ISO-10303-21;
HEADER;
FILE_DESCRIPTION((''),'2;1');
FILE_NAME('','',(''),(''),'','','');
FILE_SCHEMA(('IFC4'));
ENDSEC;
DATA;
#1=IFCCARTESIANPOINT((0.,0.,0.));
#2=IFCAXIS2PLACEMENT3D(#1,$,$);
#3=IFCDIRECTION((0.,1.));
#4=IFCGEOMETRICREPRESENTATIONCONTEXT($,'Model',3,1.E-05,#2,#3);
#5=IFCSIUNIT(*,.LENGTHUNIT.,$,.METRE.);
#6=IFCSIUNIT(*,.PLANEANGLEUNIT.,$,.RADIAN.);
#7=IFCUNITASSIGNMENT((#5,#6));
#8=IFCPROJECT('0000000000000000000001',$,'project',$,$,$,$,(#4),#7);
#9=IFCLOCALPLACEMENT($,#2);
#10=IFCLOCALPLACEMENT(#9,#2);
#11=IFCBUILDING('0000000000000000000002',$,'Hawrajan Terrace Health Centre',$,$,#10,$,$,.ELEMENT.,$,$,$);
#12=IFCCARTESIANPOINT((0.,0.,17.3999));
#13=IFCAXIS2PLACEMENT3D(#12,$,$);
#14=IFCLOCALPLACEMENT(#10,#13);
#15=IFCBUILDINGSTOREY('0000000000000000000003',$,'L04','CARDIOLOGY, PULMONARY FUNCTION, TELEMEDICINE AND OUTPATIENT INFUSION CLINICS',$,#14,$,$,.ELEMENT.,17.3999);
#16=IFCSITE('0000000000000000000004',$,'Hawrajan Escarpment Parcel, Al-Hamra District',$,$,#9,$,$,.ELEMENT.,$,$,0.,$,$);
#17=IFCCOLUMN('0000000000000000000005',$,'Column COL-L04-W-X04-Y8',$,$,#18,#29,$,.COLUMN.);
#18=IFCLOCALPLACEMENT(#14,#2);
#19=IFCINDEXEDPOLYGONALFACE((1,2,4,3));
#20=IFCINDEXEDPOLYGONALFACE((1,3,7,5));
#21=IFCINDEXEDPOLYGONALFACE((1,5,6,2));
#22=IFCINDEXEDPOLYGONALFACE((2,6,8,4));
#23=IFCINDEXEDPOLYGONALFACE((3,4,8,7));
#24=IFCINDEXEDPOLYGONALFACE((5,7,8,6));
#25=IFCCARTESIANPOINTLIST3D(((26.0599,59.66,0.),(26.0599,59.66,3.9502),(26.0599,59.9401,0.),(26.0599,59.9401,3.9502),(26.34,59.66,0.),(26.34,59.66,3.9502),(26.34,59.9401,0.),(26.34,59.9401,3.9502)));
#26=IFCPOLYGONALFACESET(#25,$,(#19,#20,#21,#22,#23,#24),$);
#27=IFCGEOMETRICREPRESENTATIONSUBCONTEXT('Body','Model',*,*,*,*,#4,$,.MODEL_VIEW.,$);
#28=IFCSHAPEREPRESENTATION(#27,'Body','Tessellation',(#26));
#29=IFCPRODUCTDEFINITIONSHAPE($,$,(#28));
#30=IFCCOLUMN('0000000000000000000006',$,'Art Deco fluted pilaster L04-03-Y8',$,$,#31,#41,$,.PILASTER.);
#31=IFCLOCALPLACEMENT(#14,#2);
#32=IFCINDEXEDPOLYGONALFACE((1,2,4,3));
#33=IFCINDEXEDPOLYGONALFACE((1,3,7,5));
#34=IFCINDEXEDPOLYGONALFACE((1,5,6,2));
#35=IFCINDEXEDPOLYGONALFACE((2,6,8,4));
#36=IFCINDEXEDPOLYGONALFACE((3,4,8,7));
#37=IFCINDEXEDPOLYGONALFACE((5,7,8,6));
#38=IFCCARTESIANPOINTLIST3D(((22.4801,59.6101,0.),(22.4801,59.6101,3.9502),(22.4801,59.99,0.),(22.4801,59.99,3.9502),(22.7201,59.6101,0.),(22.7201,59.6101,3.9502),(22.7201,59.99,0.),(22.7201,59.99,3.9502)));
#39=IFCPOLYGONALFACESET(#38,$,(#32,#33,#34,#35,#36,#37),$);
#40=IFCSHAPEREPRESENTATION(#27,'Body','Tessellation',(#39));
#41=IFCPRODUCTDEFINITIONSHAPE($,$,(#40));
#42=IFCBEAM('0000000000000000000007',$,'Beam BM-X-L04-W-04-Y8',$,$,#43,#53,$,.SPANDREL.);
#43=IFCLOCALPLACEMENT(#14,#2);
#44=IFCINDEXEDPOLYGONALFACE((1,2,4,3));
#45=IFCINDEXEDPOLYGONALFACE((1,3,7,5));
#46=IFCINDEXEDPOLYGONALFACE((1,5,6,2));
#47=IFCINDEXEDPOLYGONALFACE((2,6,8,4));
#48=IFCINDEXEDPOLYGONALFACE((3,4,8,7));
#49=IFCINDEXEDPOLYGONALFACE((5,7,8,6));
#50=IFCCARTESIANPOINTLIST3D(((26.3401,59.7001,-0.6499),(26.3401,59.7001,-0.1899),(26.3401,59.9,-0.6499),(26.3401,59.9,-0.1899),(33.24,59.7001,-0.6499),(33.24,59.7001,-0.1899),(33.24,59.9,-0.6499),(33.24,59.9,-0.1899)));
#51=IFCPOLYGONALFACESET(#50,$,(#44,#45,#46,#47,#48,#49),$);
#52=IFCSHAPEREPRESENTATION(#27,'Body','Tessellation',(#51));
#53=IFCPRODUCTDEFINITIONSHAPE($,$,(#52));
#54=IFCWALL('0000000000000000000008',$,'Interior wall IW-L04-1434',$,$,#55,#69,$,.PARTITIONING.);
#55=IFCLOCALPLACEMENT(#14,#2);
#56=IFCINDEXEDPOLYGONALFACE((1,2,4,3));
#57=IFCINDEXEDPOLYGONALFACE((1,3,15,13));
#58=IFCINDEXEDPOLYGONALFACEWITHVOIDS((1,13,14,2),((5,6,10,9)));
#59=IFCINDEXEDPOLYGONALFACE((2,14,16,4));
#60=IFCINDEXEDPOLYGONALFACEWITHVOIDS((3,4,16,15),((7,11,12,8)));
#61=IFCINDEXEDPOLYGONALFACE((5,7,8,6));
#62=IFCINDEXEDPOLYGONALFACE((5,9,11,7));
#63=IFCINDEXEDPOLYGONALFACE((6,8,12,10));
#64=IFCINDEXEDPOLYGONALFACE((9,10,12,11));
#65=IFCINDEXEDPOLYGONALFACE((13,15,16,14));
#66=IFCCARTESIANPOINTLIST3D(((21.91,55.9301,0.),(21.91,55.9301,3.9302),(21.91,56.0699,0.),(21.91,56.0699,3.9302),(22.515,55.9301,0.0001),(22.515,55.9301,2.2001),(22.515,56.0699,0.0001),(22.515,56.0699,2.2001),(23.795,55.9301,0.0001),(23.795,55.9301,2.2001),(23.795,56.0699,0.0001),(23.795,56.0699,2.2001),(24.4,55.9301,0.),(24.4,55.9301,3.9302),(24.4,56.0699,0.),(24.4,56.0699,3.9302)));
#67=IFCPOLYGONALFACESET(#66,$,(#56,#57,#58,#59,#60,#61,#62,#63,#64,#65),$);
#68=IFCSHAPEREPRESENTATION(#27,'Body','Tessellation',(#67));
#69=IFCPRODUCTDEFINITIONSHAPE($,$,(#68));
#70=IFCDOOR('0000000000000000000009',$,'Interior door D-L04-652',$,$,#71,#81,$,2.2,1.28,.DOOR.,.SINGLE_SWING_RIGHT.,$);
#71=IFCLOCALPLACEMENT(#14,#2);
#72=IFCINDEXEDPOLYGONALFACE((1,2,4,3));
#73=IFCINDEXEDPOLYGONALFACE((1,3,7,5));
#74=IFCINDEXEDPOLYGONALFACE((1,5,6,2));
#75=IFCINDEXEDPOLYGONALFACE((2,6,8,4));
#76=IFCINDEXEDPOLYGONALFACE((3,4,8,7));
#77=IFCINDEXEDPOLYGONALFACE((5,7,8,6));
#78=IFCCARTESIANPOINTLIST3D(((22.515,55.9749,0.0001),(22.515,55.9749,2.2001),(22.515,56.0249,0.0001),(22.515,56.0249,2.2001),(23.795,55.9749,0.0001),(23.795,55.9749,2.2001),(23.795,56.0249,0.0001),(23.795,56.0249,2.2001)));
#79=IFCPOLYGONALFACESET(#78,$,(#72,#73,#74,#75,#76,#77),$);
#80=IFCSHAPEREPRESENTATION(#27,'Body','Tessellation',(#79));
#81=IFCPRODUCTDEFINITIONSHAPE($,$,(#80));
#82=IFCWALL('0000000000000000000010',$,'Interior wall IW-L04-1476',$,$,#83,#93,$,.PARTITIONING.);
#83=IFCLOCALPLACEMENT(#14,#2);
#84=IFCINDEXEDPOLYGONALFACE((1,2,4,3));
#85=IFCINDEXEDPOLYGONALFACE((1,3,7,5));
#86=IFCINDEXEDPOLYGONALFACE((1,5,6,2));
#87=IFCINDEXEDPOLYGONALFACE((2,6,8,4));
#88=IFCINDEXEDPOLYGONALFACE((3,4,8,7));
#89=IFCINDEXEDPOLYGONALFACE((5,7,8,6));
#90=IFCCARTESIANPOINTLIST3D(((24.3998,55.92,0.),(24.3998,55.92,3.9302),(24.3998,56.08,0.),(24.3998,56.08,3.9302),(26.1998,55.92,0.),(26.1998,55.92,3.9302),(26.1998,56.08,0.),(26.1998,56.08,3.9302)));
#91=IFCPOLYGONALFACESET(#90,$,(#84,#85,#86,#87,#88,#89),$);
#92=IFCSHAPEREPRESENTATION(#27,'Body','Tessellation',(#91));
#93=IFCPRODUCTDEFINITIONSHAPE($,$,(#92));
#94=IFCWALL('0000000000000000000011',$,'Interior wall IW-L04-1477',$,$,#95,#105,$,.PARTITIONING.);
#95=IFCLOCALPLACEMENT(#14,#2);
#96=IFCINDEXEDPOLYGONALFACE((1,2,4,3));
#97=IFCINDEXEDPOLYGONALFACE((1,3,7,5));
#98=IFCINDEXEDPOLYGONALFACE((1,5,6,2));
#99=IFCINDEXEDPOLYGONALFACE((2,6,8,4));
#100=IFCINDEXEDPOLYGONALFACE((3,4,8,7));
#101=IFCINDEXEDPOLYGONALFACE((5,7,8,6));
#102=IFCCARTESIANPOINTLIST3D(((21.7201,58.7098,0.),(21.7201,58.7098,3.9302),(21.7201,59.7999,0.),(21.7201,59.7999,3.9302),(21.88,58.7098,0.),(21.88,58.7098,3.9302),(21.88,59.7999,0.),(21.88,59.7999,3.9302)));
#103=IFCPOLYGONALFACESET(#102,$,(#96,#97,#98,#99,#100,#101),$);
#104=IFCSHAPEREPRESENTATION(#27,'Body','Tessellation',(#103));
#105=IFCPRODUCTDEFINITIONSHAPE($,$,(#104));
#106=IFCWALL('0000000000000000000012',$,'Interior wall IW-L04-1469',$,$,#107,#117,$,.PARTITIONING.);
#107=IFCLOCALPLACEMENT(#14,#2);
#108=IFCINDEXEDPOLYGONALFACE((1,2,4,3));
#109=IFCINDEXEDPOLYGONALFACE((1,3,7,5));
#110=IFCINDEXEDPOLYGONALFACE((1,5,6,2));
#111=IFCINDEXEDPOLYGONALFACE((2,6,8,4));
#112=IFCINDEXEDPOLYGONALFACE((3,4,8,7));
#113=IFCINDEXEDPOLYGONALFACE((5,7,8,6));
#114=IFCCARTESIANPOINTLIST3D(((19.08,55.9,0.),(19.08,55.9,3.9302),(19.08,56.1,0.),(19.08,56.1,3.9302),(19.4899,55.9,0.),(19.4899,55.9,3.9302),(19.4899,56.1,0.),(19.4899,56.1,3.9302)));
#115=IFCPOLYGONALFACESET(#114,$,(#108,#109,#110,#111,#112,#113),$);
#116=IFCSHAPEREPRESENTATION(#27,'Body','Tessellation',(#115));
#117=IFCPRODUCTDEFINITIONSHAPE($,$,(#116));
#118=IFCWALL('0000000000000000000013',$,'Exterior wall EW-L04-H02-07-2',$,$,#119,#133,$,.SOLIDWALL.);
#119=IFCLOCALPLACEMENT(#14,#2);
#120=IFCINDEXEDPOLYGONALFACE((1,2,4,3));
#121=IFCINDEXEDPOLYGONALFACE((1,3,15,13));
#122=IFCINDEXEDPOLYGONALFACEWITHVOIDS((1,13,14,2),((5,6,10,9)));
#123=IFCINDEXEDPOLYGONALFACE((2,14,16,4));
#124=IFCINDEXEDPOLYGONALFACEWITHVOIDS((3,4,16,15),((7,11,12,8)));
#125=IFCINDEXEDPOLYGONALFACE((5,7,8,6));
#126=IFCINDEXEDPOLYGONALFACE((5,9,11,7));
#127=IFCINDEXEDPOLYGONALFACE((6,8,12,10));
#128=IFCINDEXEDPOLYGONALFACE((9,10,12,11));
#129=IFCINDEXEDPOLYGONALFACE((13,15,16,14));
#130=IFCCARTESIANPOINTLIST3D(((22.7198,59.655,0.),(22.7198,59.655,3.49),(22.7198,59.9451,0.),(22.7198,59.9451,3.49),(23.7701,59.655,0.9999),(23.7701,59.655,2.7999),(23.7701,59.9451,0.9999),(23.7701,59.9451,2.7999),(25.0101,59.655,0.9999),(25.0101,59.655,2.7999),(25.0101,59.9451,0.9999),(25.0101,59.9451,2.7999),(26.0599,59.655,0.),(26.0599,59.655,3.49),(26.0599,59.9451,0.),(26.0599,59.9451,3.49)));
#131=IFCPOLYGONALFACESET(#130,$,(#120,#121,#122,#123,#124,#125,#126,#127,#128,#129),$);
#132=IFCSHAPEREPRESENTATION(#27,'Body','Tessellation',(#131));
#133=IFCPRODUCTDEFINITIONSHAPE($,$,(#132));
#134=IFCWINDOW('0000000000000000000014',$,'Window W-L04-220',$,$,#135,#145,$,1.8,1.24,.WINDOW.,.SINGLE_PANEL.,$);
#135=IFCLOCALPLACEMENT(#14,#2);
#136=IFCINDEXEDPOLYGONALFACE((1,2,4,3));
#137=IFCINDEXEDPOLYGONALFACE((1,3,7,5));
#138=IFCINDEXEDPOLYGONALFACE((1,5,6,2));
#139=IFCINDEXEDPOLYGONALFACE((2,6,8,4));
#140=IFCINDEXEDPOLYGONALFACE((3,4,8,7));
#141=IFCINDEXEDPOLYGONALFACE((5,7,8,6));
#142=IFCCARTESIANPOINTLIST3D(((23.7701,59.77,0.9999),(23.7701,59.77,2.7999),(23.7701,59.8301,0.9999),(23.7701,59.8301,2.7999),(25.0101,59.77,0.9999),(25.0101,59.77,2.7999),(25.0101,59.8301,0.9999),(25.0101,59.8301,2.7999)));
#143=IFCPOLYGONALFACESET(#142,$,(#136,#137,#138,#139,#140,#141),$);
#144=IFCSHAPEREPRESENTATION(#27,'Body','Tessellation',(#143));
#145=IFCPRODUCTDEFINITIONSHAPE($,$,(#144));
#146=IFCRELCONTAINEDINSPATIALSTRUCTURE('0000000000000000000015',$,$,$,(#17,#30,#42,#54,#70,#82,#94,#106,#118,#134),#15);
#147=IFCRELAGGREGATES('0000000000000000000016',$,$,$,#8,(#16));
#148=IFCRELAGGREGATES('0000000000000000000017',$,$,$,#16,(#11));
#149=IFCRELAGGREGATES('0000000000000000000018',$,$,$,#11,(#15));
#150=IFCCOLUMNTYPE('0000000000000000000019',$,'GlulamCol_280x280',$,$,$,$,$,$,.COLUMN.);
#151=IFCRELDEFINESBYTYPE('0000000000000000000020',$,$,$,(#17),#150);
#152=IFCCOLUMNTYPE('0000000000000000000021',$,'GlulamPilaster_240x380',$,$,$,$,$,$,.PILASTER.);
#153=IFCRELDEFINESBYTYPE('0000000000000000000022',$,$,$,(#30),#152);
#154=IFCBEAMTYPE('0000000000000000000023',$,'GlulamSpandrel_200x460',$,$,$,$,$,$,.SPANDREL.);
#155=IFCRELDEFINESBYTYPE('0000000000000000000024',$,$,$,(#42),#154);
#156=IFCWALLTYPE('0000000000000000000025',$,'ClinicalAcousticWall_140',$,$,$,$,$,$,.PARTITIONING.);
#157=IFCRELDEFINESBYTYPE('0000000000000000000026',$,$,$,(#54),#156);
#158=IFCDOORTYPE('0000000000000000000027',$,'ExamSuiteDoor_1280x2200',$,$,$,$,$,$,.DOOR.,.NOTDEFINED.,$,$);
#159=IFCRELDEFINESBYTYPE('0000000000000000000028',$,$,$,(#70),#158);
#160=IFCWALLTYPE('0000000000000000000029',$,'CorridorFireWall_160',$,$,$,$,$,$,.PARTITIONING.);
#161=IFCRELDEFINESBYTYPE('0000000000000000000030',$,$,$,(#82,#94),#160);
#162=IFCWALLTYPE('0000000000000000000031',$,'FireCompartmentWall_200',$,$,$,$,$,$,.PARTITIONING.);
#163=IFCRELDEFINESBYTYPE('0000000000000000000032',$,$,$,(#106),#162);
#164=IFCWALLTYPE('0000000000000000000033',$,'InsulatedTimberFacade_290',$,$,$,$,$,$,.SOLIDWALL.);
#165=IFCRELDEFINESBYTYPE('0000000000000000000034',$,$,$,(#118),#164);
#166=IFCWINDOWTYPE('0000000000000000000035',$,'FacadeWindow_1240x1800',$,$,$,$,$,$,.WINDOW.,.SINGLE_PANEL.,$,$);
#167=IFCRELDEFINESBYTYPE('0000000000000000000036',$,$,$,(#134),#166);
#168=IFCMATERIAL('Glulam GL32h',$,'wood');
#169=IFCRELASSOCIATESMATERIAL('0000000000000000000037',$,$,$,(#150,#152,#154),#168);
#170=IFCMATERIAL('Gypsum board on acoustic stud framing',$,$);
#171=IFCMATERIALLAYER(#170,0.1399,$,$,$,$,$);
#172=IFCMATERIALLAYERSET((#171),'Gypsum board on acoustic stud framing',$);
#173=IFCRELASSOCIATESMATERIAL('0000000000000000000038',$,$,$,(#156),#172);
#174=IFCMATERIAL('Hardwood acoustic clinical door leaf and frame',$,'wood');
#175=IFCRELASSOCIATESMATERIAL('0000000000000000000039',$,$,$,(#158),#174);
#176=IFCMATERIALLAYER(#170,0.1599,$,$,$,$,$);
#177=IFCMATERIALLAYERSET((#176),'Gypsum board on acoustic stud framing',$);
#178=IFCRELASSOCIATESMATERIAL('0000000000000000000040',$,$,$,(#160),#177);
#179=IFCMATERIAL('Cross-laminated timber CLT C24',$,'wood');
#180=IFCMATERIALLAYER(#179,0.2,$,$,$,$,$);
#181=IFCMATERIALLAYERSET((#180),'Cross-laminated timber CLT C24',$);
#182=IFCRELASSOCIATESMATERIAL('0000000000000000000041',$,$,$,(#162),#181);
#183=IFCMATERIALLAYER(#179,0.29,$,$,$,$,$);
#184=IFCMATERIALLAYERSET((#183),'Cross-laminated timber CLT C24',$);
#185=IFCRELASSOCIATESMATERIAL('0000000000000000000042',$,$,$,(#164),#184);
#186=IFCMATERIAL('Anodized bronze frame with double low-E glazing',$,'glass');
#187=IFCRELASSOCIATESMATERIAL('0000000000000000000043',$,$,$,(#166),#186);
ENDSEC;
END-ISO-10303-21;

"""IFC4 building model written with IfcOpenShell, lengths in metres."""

from ifc_helpers import new_model, si_unit, direction, frame, frame_2d, origin, origin_2d, place, context, subcontext, project, spatial, rectangle, extrude, material, layer, layer_set, material_profile, profile_set, type_object, element, fill, save


model = new_model("IFC4")

# Units and contexts
model_context = context("Model", 3, precision=1e-05, world=origin(), true_north=direction((0.0, 1.0)))
body_context = subcontext(model_context, "Body", "Model", "MODEL_VIEW")
ifc_project = project(units=[si_unit("LENGTHUNIT", "METRE"), si_unit("PLANEANGLEUNIT", "RADIAN")], contexts=[model_context])

# Site, building, storey
site_placement = place(None, origin())
site = spatial("IfcSite", under=ifc_project, at=site_placement, Name="Hawrajan Escarpment Parcel, Al-Hamra District", CompositionType="ELEMENT", RefElevation=0.0)
building_placement = place(site_placement, origin())
building = spatial("IfcBuilding", under=site, at=building_placement, Name="Hawrajan Terrace Health Centre", CompositionType="ELEMENT")
storey_placement = place(building_placement, frame((0.0, 0.0, 17.3999)))
storey = spatial("IfcBuildingStorey", under=building, at=storey_placement, Name="L04", Description="CARDIOLOGY, PULMONARY FUNCTION, TELEMEDICINE AND OUTPATIENT INFUSION CLINICS", CompositionType="ELEMENT", Elevation=17.3999)

# Columns
ifc_material_1 = material(Name="Glulam GL32h", Category="wood")
ifc_material_profile_1 = material_profile(ifc_material_1, rectangle(XDim=0.28, YDim=0.28, at=origin_2d()), Name="GL 280x280")
ifc_profile_set_1 = profile_set([ifc_material_profile_1], Name="Glulam GL32h")
column_type_1 = type_object("IfcColumnType", Name="GlulamCol_280x280", PredefinedType="COLUMN", material=ifc_profile_set_1)
column_1_placement = place(storey_placement, frame((26.2, 59.8, 0.0), z_axis=(0.0, 0.0, 1.0), x_axis=(1.0, 0.0, 0.0)))
element("IfcColumn", 1, at=column_1_placement, inside=storey, type_object=column_type_1, Name="Column COL-L04-W-X04-Y8", PredefinedType="COLUMN", context=body_context, shape_type="SweptSolid", body=[
    extrude(rectangle(XDim=0.28, YDim=0.28, at=origin_2d()), origin(), (0.0, 0.0, 1.0), 3.9502),
])
ifc_material_profile_2 = material_profile(ifc_material_1, rectangle(XDim=0.24, YDim=0.3799, at=origin_2d()), Name="GL PIL 240x380")
ifc_profile_set_2 = profile_set([ifc_material_profile_2], Name="Glulam GL32h")
column_type_2 = type_object("IfcColumnType", Name="GlulamPilaster_240x380", PredefinedType="PILASTER", material=ifc_profile_set_2)
column_2_placement = place(storey_placement, frame((22.6001, 59.8, 0.0), z_axis=(0.0, 0.0, 1.0), x_axis=(1.0, 0.0, 0.0)))
element("IfcColumn", 2, at=column_2_placement, inside=storey, type_object=column_type_2, Name="Art Deco fluted pilaster L04-03-Y8", PredefinedType="PILASTER", context=body_context, shape_type="SweptSolid", body=[
    extrude(rectangle(XDim=0.24, YDim=0.3799, at=origin_2d()), origin(), (0.0, 0.0, 1.0), 3.9502),
])

# Beam
ifc_material_profile_3 = material_profile(ifc_material_1, rectangle(XDim=0.2, YDim=0.46, at=origin_2d()), Name="GL SP 200x460")
ifc_profile_set_3 = profile_set([ifc_material_profile_3], Name="Glulam GL32h")
beam_type = type_object("IfcBeamType", Name="GlulamSpandrel_200x460", PredefinedType="SPANDREL", material=ifc_profile_set_3)
beam_placement = place(storey_placement, frame((26.3401, 59.8, -0.4199), z_axis=(1.0, 0.0, 0.0), x_axis=(0.0, 1.0, 0.0)))
element("IfcBeam", 3, at=beam_placement, inside=storey, type_object=beam_type, Name="Beam BM-X-L04-W-04-Y8", PredefinedType="SPANDREL", context=body_context, shape_type="SweptSolid", body=[
    extrude(rectangle(XDim=0.2, YDim=0.46, at=origin_2d()), origin(), (0.0, 0.0, 1.0), 6.8999),
])

# Wall, opening, door
ifc_material_2 = material(Name="Gypsum board on acoustic stud framing")
ifc_layer_1 = layer(ifc_material_2, 0.1399)
ifc_layer_set_1 = layer_set([ifc_layer_1], Name="Gypsum board on acoustic stud framing")
wall_type_1 = type_object("IfcWallType", Name="ClinicalAcousticWall_140", PredefinedType="PARTITIONING", material=ifc_layer_set_1)
wall_1_placement = place(storey_placement, frame((21.9099, 56.0, 0.0), z_axis=(0.0, 0.0, 1.0), x_axis=(1.0, 0.0, 0.0)))
wall_1 = element("IfcWall", 4, at=wall_1_placement, inside=storey, type_object=wall_type_1, Name="Interior wall IW-L04-1434", PredefinedType="PARTITIONING", context=body_context, shape_type="SweptSolid", body=[
    extrude(rectangle(XDim=2.49, YDim=0.1399, at=frame_2d((1.2451, 0.0))), origin(), (0.0, 0.0, 1.0), 3.9302),
])
opening_1_placement = place(wall_1_placement, frame((0.605, 0.0, 0.0)))
opening_1 = element("IfcOpeningElement", 5, at=opening_1_placement, cuts=wall_1, PredefinedType="OPENING", context=body_context, shape_type="SweptSolid", body=[
    extrude(rectangle(XDim=1.28, YDim=2.2, at=frame_2d((0.6401, 1.1001))), frame((0.0, 0.0798, 0.0), z_axis=(0.0, -1.0, 0.0), x_axis=(1.0, 0.0, 0.0)), (0.0, 0.0, 1.0), 0.1599),
])
ifc_material_3 = material(Name="Hardwood acoustic clinical door leaf and frame", Category="wood")
door_type_1 = type_object("IfcDoorType", Name="ExamSuiteDoor_1280x2200", OperationType="NOTDEFINED", PredefinedType="DOOR", material=ifc_material_3)
door_1_placement = place(opening_1_placement, origin())
door_1 = element("IfcDoor", 6, at=door_1_placement, inside=storey, type_object=door_type_1, Name="Interior door D-L04-652", OperationType="SINGLE_SWING_RIGHT", OverallHeight=2.2, OverallWidth=1.28, PredefinedType="DOOR", context=body_context, shape_type="SweptSolid", body=[
    extrude(rectangle(XDim=1.28, YDim=2.2, at=frame_2d((0.6401, 1.1001))), frame((0.0, 0.0249, 0.0), z_axis=(0.0, -1.0, 0.0), x_axis=(1.0, 0.0, 0.0)), (0.0, 0.0, 1.0), 0.05),
])
fill(opening_1, door_1)

# Walls
ifc_layer_2 = layer(ifc_material_2, 0.1599)
ifc_layer_set_2 = layer_set([ifc_layer_2], Name="Gypsum board on acoustic stud framing")
wall_type_2 = type_object("IfcWallType", Name="CorridorFireWall_160", PredefinedType="PARTITIONING", material=ifc_layer_set_2)
wall_2_placement = place(storey_placement, frame((24.3999, 56.0, 0.0), z_axis=(0.0, 0.0, 1.0), x_axis=(1.0, 0.0, 0.0)))
element("IfcWall", 7, at=wall_2_placement, inside=storey, type_object=wall_type_2, Name="Interior wall IW-L04-1476", PredefinedType="PARTITIONING", context=body_context, shape_type="SweptSolid", body=[
    extrude(rectangle(XDim=1.8, YDim=0.1599, at=frame_2d((0.8999, 0.0))), origin(), (0.0, 0.0, 1.0), 3.9302),
])
wall_3_placement = place(storey_placement, frame((21.8, 58.71, 0.0), z_axis=(0.0, 0.0, 1.0), x_axis=(0.0, 1.0, 0.0)))
element("IfcWall", 8, at=wall_3_placement, inside=storey, type_object=wall_type_2, Name="Interior wall IW-L04-1477", PredefinedType="PARTITIONING", context=body_context, shape_type="SweptSolid", body=[
    extrude(rectangle(XDim=1.0901, YDim=0.1599, at=frame_2d((0.5449, 0.0))), origin(), (0.0, 0.0, 1.0), 3.9302),
])
ifc_material_4 = material(Name="Cross-laminated timber CLT C24", Category="wood")
ifc_layer_3 = layer(ifc_material_4, 0.2)
ifc_layer_set_3 = layer_set([ifc_layer_3], Name="Cross-laminated timber CLT C24")
wall_type_3 = type_object("IfcWallType", Name="FireCompartmentWall_200", PredefinedType="PARTITIONING", material=ifc_layer_set_3)
wall_4_placement = place(storey_placement, frame((19.49, 56.0, 0.0), z_axis=(0.0, 0.0, 1.0), x_axis=(-1.0, 0.0, 0.0)))
element("IfcWall", 9, at=wall_4_placement, inside=storey, type_object=wall_type_3, Name="Interior wall IW-L04-1469", PredefinedType="PARTITIONING", context=body_context, shape_type="SweptSolid", body=[
    extrude(rectangle(XDim=0.4099, YDim=0.2, at=frame_2d((0.2051, 0.0))), origin(), (0.0, 0.0, 1.0), 3.9302),
])

# Wall, opening, window
ifc_layer_4 = layer(ifc_material_4, 0.29)
ifc_layer_set_4 = layer_set([ifc_layer_4], Name="Cross-laminated timber CLT C24")
wall_type_4 = type_object("IfcWallType", Name="InsulatedTimberFacade_290", PredefinedType="SOLIDWALL", material=ifc_layer_set_4)
wall_5_placement = place(storey_placement, frame((22.72, 59.8, 0.0), z_axis=(0.0, 0.0, 1.0), x_axis=(1.0, 0.0, 0.0)))
wall_5 = element("IfcWall", 10, at=wall_5_placement, inside=storey, type_object=wall_type_4, Name="Exterior wall EW-L04-H02-07-2", PredefinedType="SOLIDWALL", context=body_context, shape_type="SweptSolid", body=[
    extrude(rectangle(XDim=3.3401, YDim=0.29, at=frame_2d((1.6699, 0.0))), origin(), (0.0, 0.0, 1.0), 3.49),
])
opening_2_placement = place(wall_5_placement, frame((1.05, 0.0, 1.0)))
opening_2 = element("IfcOpeningElement", 11, at=opening_2_placement, cuts=wall_5, PredefinedType="OPENING", context=body_context, shape_type="SweptSolid", body=[
    extrude(rectangle(XDim=1.24, YDim=1.8, at=frame_2d((0.6201, 0.8999))), frame((0.0, 0.155, 0.0), z_axis=(0.0, -1.0, 0.0), x_axis=(1.0, 0.0, 0.0)), (0.0, 0.0, 1.0), 0.3101),
])
ifc_material_5 = material(Name="Anodized bronze frame with double low-E glazing", Category="glass")
window_type_1 = type_object("IfcWindowType", Name="FacadeWindow_1240x1800", PartitioningType="SINGLE_PANEL", PredefinedType="WINDOW", material=ifc_material_5)
window_1_placement = place(opening_2_placement, origin())
window_1 = element("IfcWindow", 12, at=window_1_placement, inside=storey, type_object=window_type_1, Name="Window W-L04-220", OverallHeight=1.8, OverallWidth=1.24, PartitioningType="SINGLE_PANEL", PredefinedType="WINDOW", context=body_context, shape_type="SweptSolid", body=[
    extrude(rectangle(XDim=1.24, YDim=1.8, at=frame_2d((0.6201, 0.8999))), frame((0.0, 0.03, 0.0), z_axis=(0.0, -1.0, 0.0), x_axis=(1.0, 0.0, 0.0)), (0.0, 0.0, 1.0), 0.0601),
])
fill(opening_2, window_1)

save(model, "model.ifc")
